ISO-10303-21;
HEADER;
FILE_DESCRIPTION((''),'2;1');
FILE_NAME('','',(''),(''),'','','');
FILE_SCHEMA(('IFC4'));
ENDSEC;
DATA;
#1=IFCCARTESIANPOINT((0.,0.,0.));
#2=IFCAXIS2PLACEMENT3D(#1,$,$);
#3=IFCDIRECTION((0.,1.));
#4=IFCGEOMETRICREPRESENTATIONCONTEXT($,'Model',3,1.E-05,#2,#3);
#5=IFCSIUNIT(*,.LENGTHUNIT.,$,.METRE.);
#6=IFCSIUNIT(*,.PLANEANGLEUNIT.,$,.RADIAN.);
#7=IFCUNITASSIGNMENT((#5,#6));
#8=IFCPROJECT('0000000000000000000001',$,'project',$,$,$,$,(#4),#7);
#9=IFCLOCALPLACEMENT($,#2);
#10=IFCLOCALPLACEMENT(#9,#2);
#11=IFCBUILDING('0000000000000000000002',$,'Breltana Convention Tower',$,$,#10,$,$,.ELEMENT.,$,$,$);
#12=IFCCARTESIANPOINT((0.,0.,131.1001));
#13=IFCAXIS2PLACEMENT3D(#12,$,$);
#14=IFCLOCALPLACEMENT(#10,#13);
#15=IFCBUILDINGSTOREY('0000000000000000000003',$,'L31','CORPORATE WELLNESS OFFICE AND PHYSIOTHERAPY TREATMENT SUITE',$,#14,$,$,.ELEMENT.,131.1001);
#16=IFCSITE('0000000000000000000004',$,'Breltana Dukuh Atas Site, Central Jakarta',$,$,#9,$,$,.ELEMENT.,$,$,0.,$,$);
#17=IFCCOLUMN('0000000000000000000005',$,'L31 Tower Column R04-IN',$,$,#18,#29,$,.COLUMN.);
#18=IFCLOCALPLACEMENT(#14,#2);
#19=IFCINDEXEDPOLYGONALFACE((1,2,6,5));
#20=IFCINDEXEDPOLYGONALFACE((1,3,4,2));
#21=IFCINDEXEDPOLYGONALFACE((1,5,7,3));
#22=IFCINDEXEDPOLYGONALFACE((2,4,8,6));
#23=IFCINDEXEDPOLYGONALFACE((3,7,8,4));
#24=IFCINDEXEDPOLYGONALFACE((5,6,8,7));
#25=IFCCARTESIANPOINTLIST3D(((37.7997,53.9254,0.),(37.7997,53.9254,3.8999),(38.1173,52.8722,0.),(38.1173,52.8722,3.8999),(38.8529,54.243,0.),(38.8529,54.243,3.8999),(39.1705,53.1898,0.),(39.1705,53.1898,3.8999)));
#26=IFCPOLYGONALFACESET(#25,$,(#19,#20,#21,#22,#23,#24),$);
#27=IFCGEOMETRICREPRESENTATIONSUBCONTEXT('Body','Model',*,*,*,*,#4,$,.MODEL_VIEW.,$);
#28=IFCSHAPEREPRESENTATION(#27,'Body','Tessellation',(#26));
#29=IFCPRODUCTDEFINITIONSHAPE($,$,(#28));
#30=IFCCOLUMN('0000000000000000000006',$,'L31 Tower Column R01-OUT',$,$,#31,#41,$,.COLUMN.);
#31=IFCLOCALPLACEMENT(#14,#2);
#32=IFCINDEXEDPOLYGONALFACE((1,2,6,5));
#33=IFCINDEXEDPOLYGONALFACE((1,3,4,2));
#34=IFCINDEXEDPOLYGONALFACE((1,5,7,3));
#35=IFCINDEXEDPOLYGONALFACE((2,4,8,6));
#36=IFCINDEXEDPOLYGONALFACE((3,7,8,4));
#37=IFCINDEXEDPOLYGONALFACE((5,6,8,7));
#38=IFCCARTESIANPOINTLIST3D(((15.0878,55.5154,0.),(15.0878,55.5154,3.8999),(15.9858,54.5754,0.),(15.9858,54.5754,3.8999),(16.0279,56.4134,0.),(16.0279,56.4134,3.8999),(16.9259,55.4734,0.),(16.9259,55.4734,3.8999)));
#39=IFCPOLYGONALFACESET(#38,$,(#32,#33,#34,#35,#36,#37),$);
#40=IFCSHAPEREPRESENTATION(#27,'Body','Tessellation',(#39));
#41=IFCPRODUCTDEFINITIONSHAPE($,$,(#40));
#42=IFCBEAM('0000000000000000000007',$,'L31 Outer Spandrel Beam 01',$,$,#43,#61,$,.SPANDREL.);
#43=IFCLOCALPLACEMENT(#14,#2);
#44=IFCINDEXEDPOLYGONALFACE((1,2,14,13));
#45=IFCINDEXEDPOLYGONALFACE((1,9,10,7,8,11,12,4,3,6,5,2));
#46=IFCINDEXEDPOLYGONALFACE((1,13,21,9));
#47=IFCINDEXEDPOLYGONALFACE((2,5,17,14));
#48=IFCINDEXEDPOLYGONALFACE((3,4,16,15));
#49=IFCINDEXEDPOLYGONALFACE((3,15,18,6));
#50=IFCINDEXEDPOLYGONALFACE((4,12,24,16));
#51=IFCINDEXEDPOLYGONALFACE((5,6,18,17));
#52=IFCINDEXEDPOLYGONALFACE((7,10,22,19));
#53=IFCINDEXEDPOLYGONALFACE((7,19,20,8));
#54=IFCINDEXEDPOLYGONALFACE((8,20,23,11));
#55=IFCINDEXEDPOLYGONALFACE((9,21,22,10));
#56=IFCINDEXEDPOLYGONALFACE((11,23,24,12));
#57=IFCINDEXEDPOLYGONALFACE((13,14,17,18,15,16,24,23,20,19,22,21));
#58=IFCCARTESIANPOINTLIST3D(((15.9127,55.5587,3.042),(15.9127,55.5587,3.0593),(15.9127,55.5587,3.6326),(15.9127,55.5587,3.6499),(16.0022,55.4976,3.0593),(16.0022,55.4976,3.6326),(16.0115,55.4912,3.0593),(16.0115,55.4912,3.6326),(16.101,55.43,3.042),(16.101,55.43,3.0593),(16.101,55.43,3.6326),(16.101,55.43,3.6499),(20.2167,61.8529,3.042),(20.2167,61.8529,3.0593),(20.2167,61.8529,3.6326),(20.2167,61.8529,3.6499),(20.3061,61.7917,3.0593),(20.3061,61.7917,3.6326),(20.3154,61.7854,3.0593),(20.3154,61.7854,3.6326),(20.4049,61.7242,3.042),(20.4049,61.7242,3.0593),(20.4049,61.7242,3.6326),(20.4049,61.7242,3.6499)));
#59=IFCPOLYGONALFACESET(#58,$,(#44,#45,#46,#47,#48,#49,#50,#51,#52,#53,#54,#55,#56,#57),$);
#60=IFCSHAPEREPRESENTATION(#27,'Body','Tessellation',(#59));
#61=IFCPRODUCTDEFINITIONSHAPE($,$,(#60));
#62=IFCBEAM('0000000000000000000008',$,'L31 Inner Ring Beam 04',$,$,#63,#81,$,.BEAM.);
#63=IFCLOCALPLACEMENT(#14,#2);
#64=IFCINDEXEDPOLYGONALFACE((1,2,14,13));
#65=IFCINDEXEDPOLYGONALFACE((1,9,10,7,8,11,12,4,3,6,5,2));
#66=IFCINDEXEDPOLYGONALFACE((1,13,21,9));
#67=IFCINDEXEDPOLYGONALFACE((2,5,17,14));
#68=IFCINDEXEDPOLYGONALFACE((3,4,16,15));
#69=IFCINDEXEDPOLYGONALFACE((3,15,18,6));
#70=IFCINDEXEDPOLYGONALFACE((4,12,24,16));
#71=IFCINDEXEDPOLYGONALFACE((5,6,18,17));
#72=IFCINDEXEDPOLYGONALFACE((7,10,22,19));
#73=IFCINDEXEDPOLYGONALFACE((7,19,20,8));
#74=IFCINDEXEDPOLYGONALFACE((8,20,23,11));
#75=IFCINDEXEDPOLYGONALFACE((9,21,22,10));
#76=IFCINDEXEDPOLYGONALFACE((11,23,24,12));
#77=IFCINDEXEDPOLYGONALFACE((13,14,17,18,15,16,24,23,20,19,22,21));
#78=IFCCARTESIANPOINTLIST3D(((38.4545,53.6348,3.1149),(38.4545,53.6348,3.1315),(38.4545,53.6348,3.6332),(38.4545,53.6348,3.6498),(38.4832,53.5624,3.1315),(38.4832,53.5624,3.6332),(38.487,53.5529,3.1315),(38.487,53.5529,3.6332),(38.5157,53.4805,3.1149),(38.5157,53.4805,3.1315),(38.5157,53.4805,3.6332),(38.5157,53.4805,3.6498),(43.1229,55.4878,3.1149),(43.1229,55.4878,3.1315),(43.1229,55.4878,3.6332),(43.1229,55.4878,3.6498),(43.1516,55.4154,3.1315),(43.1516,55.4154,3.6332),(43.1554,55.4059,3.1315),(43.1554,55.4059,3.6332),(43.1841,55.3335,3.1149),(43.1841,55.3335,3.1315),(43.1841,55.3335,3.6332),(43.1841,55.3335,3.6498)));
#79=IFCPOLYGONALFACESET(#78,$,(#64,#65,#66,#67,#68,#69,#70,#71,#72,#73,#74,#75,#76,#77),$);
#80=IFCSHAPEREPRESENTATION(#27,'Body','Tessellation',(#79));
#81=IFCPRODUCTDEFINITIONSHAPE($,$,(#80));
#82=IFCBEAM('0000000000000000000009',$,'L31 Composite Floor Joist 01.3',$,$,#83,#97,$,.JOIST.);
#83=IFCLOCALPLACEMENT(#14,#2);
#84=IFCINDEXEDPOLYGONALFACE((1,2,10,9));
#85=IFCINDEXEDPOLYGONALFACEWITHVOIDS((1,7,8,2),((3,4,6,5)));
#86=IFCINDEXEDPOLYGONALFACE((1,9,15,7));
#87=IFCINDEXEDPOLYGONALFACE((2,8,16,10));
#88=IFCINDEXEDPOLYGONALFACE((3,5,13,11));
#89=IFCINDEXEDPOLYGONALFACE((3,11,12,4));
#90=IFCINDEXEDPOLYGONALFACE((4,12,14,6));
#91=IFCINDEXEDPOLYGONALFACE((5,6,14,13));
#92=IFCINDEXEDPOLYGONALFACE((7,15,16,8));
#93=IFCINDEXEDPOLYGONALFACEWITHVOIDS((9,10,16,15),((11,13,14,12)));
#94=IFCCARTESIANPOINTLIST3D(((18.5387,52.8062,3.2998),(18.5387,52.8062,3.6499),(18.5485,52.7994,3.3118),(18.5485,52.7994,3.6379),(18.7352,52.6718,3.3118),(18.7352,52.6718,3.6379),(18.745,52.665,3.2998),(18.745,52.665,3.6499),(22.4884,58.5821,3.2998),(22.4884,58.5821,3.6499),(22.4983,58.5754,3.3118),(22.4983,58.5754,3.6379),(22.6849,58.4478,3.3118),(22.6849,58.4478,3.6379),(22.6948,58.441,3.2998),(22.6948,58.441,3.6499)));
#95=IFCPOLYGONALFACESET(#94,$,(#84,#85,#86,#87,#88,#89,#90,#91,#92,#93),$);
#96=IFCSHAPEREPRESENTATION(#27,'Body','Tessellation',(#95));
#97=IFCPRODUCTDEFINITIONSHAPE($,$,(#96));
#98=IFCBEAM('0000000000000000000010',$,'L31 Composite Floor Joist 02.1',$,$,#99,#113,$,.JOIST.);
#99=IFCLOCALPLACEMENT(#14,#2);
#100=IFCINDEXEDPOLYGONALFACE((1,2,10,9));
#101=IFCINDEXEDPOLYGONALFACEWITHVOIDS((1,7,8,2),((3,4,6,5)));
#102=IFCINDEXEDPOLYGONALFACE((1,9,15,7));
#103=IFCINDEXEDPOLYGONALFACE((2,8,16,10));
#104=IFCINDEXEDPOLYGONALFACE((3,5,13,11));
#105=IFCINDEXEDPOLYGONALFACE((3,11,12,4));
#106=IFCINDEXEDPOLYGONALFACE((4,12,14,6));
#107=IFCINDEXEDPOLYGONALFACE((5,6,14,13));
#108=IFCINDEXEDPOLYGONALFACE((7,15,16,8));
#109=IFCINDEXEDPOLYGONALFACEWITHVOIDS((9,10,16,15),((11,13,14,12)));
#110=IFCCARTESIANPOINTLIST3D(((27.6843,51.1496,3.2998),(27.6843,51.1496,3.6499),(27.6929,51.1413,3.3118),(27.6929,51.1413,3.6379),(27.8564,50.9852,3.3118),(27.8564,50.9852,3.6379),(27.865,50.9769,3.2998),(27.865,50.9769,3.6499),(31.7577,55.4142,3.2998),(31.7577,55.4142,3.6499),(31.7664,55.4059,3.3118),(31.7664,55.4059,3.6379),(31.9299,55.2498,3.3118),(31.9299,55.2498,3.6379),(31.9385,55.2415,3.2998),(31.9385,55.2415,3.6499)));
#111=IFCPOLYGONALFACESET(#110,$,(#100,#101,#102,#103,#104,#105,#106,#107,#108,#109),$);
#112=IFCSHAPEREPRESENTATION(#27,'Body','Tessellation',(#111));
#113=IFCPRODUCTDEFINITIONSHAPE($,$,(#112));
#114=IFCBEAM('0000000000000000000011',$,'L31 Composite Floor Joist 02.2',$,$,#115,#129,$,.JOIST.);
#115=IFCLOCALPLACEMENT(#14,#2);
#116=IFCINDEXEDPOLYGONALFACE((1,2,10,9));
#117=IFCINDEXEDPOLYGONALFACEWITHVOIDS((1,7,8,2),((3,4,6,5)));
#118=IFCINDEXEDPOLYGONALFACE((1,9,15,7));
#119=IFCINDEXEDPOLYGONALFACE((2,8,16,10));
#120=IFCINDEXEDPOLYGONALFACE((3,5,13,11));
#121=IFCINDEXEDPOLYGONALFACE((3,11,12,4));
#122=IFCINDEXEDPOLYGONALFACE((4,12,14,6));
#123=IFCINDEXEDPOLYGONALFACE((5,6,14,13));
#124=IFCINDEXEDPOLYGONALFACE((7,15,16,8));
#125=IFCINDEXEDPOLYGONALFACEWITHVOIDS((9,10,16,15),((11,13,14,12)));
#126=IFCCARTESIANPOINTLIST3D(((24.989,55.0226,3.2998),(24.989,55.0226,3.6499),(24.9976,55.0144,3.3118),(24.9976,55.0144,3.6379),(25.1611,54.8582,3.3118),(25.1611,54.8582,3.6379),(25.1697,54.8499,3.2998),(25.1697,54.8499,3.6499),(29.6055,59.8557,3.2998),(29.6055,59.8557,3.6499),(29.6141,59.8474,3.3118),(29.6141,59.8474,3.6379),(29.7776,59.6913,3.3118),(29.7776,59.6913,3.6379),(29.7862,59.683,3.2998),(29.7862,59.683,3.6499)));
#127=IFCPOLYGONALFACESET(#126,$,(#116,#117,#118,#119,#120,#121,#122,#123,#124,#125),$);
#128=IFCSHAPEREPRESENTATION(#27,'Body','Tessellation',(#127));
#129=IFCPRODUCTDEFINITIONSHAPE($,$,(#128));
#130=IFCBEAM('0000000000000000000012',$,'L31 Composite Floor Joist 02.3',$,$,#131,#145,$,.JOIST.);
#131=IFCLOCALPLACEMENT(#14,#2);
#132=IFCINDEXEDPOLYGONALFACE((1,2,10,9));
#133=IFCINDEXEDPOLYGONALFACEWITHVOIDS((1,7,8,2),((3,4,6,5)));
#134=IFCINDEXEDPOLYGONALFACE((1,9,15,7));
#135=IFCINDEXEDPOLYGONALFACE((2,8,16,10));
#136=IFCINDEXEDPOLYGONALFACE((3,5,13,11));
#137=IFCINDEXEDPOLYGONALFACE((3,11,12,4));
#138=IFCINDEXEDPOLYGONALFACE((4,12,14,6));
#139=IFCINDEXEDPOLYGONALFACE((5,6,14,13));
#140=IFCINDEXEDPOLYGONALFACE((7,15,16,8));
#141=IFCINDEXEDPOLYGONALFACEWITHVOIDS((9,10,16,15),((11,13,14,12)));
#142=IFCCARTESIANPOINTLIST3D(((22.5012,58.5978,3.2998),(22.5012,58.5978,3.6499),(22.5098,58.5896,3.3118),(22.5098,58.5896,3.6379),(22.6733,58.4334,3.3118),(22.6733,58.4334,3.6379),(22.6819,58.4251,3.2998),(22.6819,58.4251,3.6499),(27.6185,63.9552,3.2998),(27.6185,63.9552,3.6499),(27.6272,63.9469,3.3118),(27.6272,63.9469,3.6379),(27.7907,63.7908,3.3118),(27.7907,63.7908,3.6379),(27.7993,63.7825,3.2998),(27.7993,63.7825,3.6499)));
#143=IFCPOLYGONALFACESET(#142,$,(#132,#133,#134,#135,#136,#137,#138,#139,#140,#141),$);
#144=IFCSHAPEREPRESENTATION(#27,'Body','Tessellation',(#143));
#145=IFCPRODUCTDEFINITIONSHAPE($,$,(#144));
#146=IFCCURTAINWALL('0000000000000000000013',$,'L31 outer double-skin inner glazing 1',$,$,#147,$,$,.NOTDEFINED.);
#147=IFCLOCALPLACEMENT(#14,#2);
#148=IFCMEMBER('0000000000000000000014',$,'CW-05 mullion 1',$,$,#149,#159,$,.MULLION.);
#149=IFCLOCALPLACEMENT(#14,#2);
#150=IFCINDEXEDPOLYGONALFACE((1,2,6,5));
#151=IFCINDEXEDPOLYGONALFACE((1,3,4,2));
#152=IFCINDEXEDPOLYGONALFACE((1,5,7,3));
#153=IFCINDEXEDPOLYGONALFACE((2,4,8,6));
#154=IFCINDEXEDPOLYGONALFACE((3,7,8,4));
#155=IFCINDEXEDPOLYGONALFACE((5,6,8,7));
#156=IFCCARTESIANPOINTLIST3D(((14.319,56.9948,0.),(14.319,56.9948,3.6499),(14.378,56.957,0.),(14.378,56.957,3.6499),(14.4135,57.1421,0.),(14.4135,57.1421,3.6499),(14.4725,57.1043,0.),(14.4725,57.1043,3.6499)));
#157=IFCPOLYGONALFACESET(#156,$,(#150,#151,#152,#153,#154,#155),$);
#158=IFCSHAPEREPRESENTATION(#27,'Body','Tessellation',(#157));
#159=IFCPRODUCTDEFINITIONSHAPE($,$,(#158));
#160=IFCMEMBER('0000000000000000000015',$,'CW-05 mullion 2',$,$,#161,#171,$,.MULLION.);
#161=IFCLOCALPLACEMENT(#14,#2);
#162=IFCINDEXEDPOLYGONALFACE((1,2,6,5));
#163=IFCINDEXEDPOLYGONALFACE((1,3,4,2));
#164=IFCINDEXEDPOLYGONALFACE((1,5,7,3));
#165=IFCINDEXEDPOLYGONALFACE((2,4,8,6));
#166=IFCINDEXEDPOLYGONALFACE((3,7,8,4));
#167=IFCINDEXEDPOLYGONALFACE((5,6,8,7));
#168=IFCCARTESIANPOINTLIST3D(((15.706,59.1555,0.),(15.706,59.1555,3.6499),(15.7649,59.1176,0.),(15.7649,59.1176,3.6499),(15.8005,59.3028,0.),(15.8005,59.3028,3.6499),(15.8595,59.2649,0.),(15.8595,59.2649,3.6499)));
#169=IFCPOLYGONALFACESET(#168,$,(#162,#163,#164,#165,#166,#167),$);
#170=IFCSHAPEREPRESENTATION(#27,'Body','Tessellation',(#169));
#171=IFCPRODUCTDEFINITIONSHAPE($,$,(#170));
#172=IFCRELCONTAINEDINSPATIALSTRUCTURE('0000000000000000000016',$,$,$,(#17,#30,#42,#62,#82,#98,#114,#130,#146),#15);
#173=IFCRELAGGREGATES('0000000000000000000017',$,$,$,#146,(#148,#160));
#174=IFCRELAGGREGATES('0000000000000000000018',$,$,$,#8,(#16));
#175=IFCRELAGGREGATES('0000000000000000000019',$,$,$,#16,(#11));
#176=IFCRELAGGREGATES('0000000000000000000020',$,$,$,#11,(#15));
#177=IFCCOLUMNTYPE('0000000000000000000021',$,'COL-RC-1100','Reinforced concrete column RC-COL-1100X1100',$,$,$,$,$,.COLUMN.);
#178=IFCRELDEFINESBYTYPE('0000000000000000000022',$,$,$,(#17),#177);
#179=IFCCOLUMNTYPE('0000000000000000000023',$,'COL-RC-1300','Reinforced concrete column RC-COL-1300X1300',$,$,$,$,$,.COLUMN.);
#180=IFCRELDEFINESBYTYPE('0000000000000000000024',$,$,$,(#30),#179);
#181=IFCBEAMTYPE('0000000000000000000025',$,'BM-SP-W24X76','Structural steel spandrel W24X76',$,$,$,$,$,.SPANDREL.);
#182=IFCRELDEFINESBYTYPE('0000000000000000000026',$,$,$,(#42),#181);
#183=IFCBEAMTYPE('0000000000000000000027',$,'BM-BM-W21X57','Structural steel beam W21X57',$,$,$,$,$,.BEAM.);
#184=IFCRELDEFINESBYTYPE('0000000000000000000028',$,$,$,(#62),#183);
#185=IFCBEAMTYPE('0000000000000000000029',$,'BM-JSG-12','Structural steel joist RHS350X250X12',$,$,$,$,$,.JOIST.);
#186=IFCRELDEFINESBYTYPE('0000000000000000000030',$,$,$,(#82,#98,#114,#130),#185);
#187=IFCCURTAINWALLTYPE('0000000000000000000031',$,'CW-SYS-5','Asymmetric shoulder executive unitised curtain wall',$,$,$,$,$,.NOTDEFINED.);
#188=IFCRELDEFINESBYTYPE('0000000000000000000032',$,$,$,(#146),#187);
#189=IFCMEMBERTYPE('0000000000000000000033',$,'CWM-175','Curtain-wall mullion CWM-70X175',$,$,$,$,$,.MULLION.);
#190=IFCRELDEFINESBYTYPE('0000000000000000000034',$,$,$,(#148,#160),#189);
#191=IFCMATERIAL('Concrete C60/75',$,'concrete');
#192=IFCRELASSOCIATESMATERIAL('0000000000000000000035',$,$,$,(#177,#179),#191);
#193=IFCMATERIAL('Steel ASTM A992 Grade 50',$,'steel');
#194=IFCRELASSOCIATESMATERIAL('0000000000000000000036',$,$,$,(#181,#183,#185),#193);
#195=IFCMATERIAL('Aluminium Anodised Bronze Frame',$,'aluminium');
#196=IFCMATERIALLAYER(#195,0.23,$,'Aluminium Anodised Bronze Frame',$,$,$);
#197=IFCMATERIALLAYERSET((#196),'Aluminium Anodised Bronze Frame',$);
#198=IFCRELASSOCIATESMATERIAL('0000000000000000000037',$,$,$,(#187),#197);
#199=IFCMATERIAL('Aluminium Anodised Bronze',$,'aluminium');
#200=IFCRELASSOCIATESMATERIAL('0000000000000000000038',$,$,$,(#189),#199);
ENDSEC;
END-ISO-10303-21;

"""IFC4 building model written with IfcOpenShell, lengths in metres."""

from ifc_helpers import new_model, si_unit, direction, frame, origin, origin_2d, place, context, subcontext, project, spatial, rectangle, hollow_rectangle, i_section, extrude, source, transform, mapped, material, layer, layer_set, material_profile, profile_set, type_object, type_shapes, element, aggregate, save


model = new_model("IFC4")

# Units and contexts
model_context = context("Model", 3, precision=1e-05, world=origin(), true_north=direction((0.0, 1.0)))
body_context = subcontext(model_context, "Body", "Model", "MODEL_VIEW")
ifc_project = project(units=[si_unit("LENGTHUNIT", "METRE"), si_unit("PLANEANGLEUNIT", "RADIAN")], contexts=[model_context])

# Site, building, storey
site_placement = place(None, origin())
site = spatial("IfcSite", under=ifc_project, at=site_placement, Name="Breltana Dukuh Atas Site, Central Jakarta", CompositionType="ELEMENT", RefElevation=0.0)
building_placement = place(site_placement, origin())
building = spatial("IfcBuilding", under=site, at=building_placement, Name="Breltana Convention Tower", CompositionType="ELEMENT")
storey_placement = place(building_placement, frame((0.0, 0.0, 131.1001)))
storey = spatial("IfcBuildingStorey", under=building, at=storey_placement, Name="L31", Description="CORPORATE WELLNESS OFFICE AND PHYSIOTHERAPY TREATMENT SUITE", CompositionType="ELEMENT", Elevation=131.1001)

# Columns
ifc_material_1 = material(Name="Concrete C60/75", Category="concrete")
ifc_material_profile_1 = material_profile(ifc_material_1, rectangle(XDim=1.1001, YDim=1.1001, at=origin_2d()), Name="RC-COL-1100X1100")
ifc_profile_set_1 = profile_set([ifc_material_profile_1], Name="Concrete C60/75")
column_type_1 = type_object("IfcColumnType", Name="COL-RC-1100", Description="Reinforced concrete column RC-COL-1100X1100", PredefinedType="COLUMN", material=ifc_profile_set_1)
shared_shape_1 = source(origin(), body_context, "Body", "SweptSolid", [
    extrude(rectangle(XDim=1.1001, YDim=1.1001, at=origin_2d()), origin(), (0.0, 0.0, 1.0), 3.8999),
])
column_1_placement = place(storey_placement, frame((38.4851, 53.5576, 0.0), z_axis=(0.0, 0.0, 1.0), x_axis=(-0.288698, 0.95742, 0.0)))
element("IfcColumn", 1, at=column_1_placement, inside=storey, type_object=column_type_1, Name="L31 Tower Column R04-IN", PredefinedType="COLUMN", context=body_context, shape_type="MappedRepresentation", body=[
    mapped(shared_shape_1, transform((0.0, 0.0, 0.0), scale=1.0)),
])
ifc_material_profile_2 = material_profile(ifc_material_1, rectangle(XDim=1.3, YDim=1.3, at=origin_2d()), Name="RC-COL-1300X1300")
ifc_profile_set_2 = profile_set([ifc_material_profile_2], Name="Concrete C60/75")
column_type_2 = type_object("IfcColumnType", Name="COL-RC-1300", Description="Reinforced concrete column RC-COL-1300X1300", PredefinedType="COLUMN", material=ifc_profile_set_2)
shared_shape_2 = source(origin(), body_context, "Body", "SweptSolid", [
    extrude(rectangle(XDim=1.3, YDim=1.3, at=origin_2d()), origin(), (0.0, 0.0, 1.0), 3.8999),
])
column_2_placement = place(storey_placement, frame((16.0068, 55.4944, 0.0), z_axis=(0.0, 0.0, 1.0), x_axis=(-0.690756, 0.723088, 0.0)))
element("IfcColumn", 2, at=column_2_placement, inside=storey, type_object=column_type_2, Name="L31 Tower Column R01-OUT", PredefinedType="COLUMN", context=body_context, shape_type="MappedRepresentation", body=[
    mapped(shared_shape_2, transform((0.0, 0.0, 0.0), scale=1.0)),
])

# Beams
ifc_material_2 = material(Name="Steel ASTM A992 Grade 50", Category="steel")
ifc_material_profile_3 = material_profile(ifc_material_2, i_section(OverallWidth=0.228, OverallDepth=0.6079, WebThickness=0.0112, FlangeThickness=0.0173, at=origin_2d()), Name="W24X76")
ifc_profile_set_3 = profile_set([ifc_material_profile_3], Name="Steel ASTM A992 Grade 50")
beam_type_1 = type_object("IfcBeamType", Name="BM-SP-W24X76", Description="Structural steel spandrel W24X76", PredefinedType="SPANDREL", material=ifc_profile_set_3)
shared_shape_3 = source(origin(), body_context, "Body", "SweptSolid", [
    extrude(i_section(OverallWidth=0.228, OverallDepth=0.6079, WebThickness=0.0112, FlangeThickness=0.0173, at=origin_2d()), origin(), (0.0, 0.0, 1.0), 7.625),
])
type_shapes(beam_type_1, [shared_shape_3])
beam_1_placement = place(storey_placement, frame((16.0068, 55.4944, 3.3459), z_axis=(0.564452, 0.825466, 0.0), x_axis=(-0.825466, 0.564452, 0.0)))
element("IfcBeam", 3, at=beam_1_placement, inside=storey, type_object=beam_type_1, Name="L31 Outer Spandrel Beam 01", PredefinedType="SPANDREL", context=body_context, shape_type="MappedRepresentation", body=[
    mapped(shared_shape_3, transform((0.0, 0.0, 0.0), scale=1.0)),
])
ifc_material_profile_4 = material_profile(ifc_material_2, i_section(OverallWidth=0.166, OverallDepth=0.5349, WebThickness=0.0103, FlangeThickness=0.0166, at=origin_2d()), Name="W21X57")
ifc_profile_set_4 = profile_set([ifc_material_profile_4], Name="Steel ASTM A992 Grade 50")
beam_type_2 = type_object("IfcBeamType", Name="BM-BM-W21X57", Description="Structural steel beam W21X57", PredefinedType="BEAM", material=ifc_profile_set_4)
shared_shape_4 = source(origin(), body_context, "Body", "SweptSolid", [
    extrude(i_section(OverallWidth=0.166, OverallDepth=0.5349, WebThickness=0.0103, FlangeThickness=0.0166, at=origin_2d()), origin(), (0.0, 0.0, 1.0), 5.0227),
])
beam_2_placement = place(storey_placement, frame((38.4851, 53.5576, 3.3823), z_axis=(0.929459, 0.368926, 0.0), x_axis=(-0.368926, 0.929459, 0.0)))
element("IfcBeam", 4, at=beam_2_placement, inside=storey, type_object=beam_type_2, Name="L31 Inner Ring Beam 04", PredefinedType="BEAM", context=body_context, shape_type="MappedRepresentation", body=[
    mapped(shared_shape_4, transform((0.0, 0.0, 0.0), scale=1.0)),
])
ifc_material_profile_5 = material_profile(ifc_material_2, hollow_rectangle(XDim=0.25, YDim=0.3501, WallThickness=0.012, at=origin_2d()), Name="RHS350X250X12")
ifc_profile_set_5 = profile_set([ifc_material_profile_5], Name="Steel ASTM A992 Grade 50")
beam_type_3 = type_object("IfcBeamType", Name="BM-JSG-12", Description="Structural steel joist RHS350X250X12", PredefinedType="JOIST", material=ifc_profile_set_5)
shared_shape_5 = source(origin(), body_context, "Body", "SweptSolid", [
    extrude(hollow_rectangle(XDim=0.25, YDim=0.3501, WallThickness=0.012, at=origin_2d()), origin(), (0.0, 0.0, 1.0), 6.9973),
])
beam_3_placement = place(storey_placement, frame((18.6418, 52.7356, 3.4749), z_axis=(0.564469, 0.825454, 0.0), x_axis=(-0.825454, 0.564469, 0.0)))
element("IfcBeam", 5, at=beam_3_placement, inside=storey, type_object=beam_type_3, Name="L31 Composite Floor Joist 01.3", PredefinedType="JOIST", context=body_context, shape_type="MappedRepresentation", body=[
    mapped(shared_shape_5, transform((0.0, 0.0, 0.0), scale=1.0)),
])
shared_shape_6 = source(origin(), body_context, "Body", "SweptSolid", [
    extrude(hollow_rectangle(XDim=0.25, YDim=0.3501, WallThickness=0.012, at=origin_2d()), origin(), (0.0, 0.0, 1.0), 5.8975),
])
beam_4_placement = place(storey_placement, frame((27.7747, 51.0632, 3.4749), z_axis=(0.690714, 0.723128, 0.0), x_axis=(-0.723128, 0.690714, 0.0)))
element("IfcBeam", 6, at=beam_4_placement, inside=storey, type_object=beam_type_3, Name="L31 Composite Floor Joist 02.1", PredefinedType="JOIST", context=body_context, shape_type="MappedRepresentation", body=[
    mapped(shared_shape_6, transform((0.0, 0.0, 0.0), scale=1.0)),
])
shared_shape_7 = source(origin(), body_context, "Body", "SweptSolid", [
    extrude(hollow_rectangle(XDim=0.25, YDim=0.3501, WallThickness=0.012, at=origin_2d()), origin(), (0.0, 0.0, 1.0), 6.6836),
])
beam_5_placement = place(storey_placement, frame((25.0793, 54.9363, 3.4749), z_axis=(0.690721, 0.723122, 0.0), x_axis=(-0.723122, 0.690721, 0.0)))
element("IfcBeam", 7, at=beam_5_placement, inside=storey, type_object=beam_type_3, Name="L31 Composite Floor Joist 02.2", PredefinedType="JOIST", context=body_context, shape_type="MappedRepresentation", body=[
    mapped(shared_shape_7, transform((0.0, 0.0, 0.0), scale=1.0)),
])
shared_shape_8 = source(origin(), body_context, "Body", "SweptSolid", [
    extrude(hollow_rectangle(XDim=0.25, YDim=0.3501, WallThickness=0.012, at=origin_2d()), origin(), (0.0, 0.0, 1.0), 7.4087),
])
beam_6_placement = place(storey_placement, frame((22.5916, 58.5115, 3.4749), z_axis=(0.690725, 0.723118, 0.0), x_axis=(-0.723118, 0.690725, 0.0)))
element("IfcBeam", 8, at=beam_6_placement, inside=storey, type_object=beam_type_3, Name="L31 Composite Floor Joist 02.3", PredefinedType="JOIST", context=body_context, shape_type="MappedRepresentation", body=[
    mapped(shared_shape_8, transform((0.0, 0.0, 0.0), scale=1.0)),
])

# Curtain wall, members
ifc_material_3 = material(Name="Aluminium Anodised Bronze Frame", Category="aluminium")
ifc_layer_1 = layer(ifc_material_3, 0.23, Name="Aluminium Anodised Bronze Frame")
ifc_layer_set_1 = layer_set([ifc_layer_1], Name="Aluminium Anodised Bronze Frame")
curtain_wall_type = type_object("IfcCurtainWallType", Name="CW-SYS-5", Description="Asymmetric shoulder executive unitised curtain wall", PredefinedType="NOTDEFINED", material=ifc_layer_set_1)
curtain_wall_placement = place(storey_placement, origin())
curtain_wall = element("IfcCurtainWall", 9, at=curtain_wall_placement, inside=storey, type_object=curtain_wall_type, Name="L31 outer double-skin inner glazing 1", PredefinedType="NOTDEFINED")
ifc_material_4 = material(Name="Aluminium Anodised Bronze", Category="aluminium")
ifc_material_profile_6 = material_profile(ifc_material_4, rectangle(XDim=0.0701, YDim=0.175, at=origin_2d()), Name="CWM-70X175")
ifc_profile_set_6 = profile_set([ifc_material_profile_6], Name="Aluminium Anodised Bronze")
member_type_1 = type_object("IfcMemberType", Name="CWM-175", Description="Curtain-wall mullion CWM-70X175", PredefinedType="MULLION", material=ifc_profile_set_6)
shared_shape_9 = source(origin(), body_context, "Body", "SweptSolid", [
    extrude(rectangle(XDim=0.0701, YDim=0.175, at=origin_2d()), origin(), (0.0, 0.0, 1.0), 3.6499),
])
member_1_placement = place(storey_placement, frame((14.3958, 57.0496, 0.0), z_axis=(0.0, 0.0, 1.0), x_axis=(-0.841552, 0.540177, 0.0)))
member_1 = element("IfcMember", 10, at=member_1_placement, type_object=member_type_1, Name="CW-05 mullion 1", PredefinedType="MULLION", context=body_context, shape_type="MappedRepresentation", body=[
    mapped(shared_shape_9, transform((0.0, 0.0, 0.0), scale=1.0)),
])
member_2_placement = place(storey_placement, frame((15.7827, 59.2102, 0.0), z_axis=(0.0, 0.0, 1.0), x_axis=(-0.841552, 0.540177, 0.0)))
member_2 = element("IfcMember", 11, at=member_2_placement, type_object=member_type_1, Name="CW-05 mullion 2", PredefinedType="MULLION", context=body_context, shape_type="MappedRepresentation", body=[
    mapped(shared_shape_9, transform((0.0, 0.0, 0.0), scale=1.0)),
])
aggregate(curtain_wall, [member_1, member_2])

save(model, "model.ifc")
